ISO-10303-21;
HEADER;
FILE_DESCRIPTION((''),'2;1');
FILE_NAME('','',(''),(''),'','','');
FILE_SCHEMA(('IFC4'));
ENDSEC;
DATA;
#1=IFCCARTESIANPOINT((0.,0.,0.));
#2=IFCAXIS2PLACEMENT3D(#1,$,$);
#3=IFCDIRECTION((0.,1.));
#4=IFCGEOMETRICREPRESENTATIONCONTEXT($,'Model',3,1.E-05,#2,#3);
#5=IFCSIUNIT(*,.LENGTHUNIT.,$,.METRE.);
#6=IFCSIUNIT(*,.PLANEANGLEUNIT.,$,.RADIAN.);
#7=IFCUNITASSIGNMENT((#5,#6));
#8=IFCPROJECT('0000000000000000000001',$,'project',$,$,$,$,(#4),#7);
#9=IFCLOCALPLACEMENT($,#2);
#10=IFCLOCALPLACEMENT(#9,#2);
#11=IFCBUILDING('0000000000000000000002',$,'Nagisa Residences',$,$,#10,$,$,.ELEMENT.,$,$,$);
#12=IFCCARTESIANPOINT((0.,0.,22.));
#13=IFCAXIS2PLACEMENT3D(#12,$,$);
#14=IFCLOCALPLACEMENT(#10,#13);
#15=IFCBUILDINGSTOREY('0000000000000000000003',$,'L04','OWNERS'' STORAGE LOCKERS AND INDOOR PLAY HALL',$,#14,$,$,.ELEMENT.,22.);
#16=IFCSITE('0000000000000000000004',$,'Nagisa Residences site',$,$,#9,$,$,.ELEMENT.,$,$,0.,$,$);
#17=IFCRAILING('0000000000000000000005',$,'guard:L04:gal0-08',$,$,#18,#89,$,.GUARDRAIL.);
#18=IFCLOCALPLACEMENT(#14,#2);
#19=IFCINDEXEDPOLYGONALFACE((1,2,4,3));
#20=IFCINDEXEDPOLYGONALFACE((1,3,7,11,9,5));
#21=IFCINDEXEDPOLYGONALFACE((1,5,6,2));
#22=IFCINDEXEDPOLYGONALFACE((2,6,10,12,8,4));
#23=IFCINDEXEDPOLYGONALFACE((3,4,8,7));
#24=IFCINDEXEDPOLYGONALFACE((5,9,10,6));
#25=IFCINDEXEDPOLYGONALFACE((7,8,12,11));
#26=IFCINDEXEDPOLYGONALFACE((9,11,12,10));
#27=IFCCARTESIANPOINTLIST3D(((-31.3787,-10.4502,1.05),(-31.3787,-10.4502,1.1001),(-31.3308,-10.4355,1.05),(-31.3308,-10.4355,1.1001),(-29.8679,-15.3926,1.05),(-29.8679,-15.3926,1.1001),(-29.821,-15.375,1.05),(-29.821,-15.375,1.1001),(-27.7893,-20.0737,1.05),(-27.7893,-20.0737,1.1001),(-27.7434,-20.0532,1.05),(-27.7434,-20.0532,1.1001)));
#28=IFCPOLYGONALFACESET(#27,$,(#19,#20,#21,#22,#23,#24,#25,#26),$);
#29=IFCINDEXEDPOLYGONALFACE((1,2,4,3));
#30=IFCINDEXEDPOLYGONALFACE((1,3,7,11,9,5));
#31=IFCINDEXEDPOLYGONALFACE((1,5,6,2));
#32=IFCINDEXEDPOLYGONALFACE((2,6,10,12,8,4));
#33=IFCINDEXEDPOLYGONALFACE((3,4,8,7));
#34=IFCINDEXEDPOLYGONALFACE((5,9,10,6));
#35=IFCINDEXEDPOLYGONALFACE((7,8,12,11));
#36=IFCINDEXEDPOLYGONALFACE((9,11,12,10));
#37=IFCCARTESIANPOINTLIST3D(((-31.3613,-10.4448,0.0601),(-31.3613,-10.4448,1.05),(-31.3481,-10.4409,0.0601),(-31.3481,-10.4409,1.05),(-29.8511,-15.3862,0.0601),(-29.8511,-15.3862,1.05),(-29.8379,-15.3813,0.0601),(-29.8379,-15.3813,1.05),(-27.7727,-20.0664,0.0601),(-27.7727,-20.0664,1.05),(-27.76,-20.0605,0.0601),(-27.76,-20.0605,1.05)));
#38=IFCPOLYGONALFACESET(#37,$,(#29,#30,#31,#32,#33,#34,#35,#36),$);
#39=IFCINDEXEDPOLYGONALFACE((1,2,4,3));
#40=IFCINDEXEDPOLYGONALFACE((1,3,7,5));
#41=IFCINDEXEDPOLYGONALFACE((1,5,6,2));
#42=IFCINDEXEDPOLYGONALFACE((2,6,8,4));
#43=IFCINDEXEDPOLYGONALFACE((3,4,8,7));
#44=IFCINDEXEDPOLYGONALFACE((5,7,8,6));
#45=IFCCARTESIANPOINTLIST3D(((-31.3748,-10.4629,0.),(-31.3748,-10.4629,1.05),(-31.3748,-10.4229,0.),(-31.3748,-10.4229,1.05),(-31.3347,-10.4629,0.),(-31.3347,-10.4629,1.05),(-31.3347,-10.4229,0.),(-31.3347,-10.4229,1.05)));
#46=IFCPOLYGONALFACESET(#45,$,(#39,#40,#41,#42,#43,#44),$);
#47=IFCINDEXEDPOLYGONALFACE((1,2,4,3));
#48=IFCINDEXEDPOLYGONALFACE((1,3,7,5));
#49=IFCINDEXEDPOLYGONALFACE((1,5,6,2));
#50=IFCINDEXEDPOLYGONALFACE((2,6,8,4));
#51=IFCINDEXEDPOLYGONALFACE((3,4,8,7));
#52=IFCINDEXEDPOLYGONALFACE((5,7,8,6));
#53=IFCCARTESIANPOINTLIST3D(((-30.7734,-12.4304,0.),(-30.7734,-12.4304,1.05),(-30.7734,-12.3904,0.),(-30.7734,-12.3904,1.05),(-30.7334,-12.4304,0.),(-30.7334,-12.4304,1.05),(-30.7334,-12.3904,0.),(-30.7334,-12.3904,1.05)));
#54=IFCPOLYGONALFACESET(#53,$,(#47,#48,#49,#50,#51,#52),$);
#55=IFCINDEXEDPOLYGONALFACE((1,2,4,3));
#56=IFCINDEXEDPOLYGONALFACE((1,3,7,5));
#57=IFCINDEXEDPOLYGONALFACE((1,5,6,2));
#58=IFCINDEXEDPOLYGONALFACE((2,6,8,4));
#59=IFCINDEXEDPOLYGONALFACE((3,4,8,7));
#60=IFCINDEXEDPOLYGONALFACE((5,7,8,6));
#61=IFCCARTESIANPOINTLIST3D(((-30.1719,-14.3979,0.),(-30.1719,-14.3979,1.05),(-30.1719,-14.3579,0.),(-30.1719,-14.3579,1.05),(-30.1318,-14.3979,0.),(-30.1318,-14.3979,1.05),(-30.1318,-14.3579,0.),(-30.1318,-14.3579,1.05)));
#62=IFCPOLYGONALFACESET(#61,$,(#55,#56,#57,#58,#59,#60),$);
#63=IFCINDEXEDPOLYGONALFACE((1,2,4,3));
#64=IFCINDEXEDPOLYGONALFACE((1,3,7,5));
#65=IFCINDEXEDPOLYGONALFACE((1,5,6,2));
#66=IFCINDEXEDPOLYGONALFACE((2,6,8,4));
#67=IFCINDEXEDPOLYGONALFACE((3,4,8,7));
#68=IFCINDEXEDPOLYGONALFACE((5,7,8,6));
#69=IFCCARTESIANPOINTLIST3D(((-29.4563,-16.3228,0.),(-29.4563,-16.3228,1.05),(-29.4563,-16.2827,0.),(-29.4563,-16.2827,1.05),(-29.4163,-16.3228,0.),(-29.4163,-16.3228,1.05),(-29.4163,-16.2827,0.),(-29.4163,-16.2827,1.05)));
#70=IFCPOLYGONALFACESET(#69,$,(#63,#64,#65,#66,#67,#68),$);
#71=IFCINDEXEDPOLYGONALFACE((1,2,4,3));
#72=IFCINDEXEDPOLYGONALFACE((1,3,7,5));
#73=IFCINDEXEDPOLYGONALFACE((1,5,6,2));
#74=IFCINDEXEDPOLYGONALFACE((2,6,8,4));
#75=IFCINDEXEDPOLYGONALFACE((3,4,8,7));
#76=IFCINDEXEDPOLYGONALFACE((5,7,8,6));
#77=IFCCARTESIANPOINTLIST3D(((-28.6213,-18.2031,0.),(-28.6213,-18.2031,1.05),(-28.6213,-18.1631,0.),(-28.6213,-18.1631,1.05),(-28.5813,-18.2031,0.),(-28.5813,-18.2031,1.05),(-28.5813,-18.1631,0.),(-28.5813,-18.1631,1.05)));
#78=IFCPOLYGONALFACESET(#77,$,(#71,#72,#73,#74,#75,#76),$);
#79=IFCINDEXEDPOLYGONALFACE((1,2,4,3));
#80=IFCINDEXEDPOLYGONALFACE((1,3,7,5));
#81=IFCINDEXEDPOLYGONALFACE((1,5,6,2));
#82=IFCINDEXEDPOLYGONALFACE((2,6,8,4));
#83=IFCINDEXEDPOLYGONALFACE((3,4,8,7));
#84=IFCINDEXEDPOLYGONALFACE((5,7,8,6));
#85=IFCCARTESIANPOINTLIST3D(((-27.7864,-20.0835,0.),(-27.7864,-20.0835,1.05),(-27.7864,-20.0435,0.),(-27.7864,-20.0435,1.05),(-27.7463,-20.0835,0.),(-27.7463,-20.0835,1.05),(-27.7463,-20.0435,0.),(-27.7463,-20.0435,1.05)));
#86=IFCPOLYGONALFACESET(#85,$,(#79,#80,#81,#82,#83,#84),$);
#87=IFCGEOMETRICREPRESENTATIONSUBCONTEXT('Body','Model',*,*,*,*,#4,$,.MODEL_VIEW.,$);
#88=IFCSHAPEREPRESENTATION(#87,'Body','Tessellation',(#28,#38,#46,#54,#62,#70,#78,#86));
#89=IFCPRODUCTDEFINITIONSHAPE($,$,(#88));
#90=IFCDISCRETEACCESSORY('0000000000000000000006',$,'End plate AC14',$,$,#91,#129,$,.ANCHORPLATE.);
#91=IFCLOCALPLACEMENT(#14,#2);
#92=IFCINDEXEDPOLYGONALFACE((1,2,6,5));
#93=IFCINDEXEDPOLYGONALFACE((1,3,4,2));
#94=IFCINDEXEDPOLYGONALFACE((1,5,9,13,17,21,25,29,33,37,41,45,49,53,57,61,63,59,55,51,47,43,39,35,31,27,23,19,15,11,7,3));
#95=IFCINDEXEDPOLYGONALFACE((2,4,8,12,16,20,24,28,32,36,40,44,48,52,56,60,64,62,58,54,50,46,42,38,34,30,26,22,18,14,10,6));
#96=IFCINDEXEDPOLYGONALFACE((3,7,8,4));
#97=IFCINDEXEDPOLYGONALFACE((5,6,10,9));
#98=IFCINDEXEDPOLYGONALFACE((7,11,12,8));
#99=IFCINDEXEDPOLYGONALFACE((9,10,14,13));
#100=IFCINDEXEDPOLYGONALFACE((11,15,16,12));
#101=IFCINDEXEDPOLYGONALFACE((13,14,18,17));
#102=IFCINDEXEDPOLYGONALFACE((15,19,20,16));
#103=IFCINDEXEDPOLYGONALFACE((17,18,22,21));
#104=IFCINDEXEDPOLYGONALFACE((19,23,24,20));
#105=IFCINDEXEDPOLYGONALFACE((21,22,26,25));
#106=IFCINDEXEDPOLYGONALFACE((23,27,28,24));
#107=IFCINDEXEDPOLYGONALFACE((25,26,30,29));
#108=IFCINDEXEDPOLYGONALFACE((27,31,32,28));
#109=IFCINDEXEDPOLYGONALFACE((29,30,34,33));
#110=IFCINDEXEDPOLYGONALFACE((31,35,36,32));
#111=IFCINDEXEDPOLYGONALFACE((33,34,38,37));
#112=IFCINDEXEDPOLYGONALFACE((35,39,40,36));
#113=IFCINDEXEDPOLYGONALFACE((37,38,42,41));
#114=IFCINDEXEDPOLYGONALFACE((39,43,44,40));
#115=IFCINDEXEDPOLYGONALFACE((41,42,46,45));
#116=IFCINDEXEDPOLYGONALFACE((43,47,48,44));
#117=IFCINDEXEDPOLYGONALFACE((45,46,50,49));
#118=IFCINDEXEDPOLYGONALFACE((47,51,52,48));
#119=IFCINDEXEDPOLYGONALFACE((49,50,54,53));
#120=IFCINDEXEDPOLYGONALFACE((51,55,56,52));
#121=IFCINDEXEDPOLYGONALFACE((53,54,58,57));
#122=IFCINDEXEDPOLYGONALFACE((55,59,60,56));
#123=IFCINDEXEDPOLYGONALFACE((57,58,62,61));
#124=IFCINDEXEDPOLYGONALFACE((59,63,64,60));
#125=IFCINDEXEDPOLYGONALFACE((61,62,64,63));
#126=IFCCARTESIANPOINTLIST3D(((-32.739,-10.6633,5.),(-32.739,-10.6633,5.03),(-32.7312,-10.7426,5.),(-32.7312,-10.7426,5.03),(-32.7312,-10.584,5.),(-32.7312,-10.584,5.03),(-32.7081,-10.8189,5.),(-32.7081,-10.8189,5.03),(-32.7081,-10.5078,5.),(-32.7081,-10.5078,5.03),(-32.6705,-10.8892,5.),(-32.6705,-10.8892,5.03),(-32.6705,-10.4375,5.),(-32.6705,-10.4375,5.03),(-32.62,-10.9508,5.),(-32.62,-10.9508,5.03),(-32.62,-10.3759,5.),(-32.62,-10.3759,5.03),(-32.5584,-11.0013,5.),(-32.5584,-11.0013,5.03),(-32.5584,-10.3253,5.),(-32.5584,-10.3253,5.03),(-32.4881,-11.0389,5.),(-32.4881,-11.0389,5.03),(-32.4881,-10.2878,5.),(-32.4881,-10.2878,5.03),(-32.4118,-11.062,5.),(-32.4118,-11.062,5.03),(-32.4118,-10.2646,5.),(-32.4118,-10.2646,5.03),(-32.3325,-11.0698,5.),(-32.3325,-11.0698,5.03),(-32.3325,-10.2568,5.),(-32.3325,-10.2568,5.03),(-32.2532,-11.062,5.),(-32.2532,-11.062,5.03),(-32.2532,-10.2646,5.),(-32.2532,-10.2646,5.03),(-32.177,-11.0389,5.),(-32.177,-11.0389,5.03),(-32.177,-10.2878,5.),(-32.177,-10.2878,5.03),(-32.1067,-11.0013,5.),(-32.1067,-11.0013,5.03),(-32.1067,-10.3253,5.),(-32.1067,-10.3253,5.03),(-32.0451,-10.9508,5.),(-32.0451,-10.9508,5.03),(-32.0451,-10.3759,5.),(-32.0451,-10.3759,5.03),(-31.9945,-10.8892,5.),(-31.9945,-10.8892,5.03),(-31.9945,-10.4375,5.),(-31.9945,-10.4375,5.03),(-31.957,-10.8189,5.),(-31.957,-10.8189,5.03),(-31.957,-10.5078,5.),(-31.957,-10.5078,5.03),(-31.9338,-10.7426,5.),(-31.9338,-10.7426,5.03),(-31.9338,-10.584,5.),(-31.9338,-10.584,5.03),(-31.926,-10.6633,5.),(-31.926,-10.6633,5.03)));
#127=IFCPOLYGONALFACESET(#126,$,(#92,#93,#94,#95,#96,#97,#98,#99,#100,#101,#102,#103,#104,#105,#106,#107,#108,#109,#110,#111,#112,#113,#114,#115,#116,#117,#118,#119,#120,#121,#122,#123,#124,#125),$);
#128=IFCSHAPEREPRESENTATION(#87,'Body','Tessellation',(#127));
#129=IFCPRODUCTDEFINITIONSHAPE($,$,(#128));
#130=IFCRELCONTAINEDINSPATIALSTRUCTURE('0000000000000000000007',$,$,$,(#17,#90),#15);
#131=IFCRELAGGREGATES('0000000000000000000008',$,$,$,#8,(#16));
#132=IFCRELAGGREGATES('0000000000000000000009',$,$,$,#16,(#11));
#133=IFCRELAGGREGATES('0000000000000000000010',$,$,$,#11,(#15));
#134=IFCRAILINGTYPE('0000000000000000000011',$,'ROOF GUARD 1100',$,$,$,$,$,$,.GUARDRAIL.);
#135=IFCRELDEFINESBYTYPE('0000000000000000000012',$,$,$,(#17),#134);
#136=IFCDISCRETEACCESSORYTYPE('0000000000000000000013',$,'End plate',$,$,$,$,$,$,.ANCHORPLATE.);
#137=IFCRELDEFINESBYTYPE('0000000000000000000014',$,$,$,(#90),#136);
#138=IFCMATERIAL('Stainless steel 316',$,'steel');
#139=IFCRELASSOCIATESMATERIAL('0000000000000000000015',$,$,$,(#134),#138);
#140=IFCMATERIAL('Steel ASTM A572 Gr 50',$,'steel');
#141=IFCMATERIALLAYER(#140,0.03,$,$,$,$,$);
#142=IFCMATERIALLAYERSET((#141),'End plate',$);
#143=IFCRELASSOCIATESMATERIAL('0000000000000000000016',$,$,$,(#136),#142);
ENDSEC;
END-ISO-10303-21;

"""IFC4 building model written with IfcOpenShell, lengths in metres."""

from ifc_helpers import new_model, si_unit, direction, frame, origin, origin_2d, place, context, subcontext, project, spatial, polyline, rectangle, circle, outline, extrude, material, layer, layer_set, type_object, element, save


model = new_model("IFC4")

# Units and contexts
model_context = context("Model", 3, precision=1e-05, world=origin(), true_north=direction((0.0, 1.0)))
body_context = subcontext(model_context, "Body", "Model", "MODEL_VIEW")
ifc_project = project(units=[si_unit("LENGTHUNIT", "METRE"), si_unit("PLANEANGLEUNIT", "RADIAN")], contexts=[model_context])

# Site, building, storey
site_placement = place(None, origin())
site = spatial("IfcSite", under=ifc_project, at=site_placement, Name="Nagisa Residences site", CompositionType="ELEMENT", RefElevation=0.0)
building_placement = place(site_placement, origin())
building = spatial("IfcBuilding", under=site, at=building_placement, Name="Nagisa Residences", CompositionType="ELEMENT")
storey_placement = place(building_placement, frame((0.0, 0.0, 22.0)))
storey = spatial("IfcBuildingStorey", under=building, at=storey_placement, Name="L04", Description="OWNERS' STORAGE LOCKERS AND INDOOR PLAY HALL", CompositionType="ELEMENT", Elevation=22.0)

# Railing
ifc_material_1 = material(Name="Stainless steel 316", Category="steel")
railing_type = type_object("IfcRailingType", Name="ROOF GUARD 1100", PredefinedType="GUARDRAIL", material=ifc_material_1)
railing_1_placement = place(storey_placement, frame((-31.3547, -10.4429, 0.0)))
element("IfcRailing", 1, at=railing_1_placement, inside=storey, type_object=railing_type, Name="guard:L04:gal0-08", PredefinedType="GUARDRAIL", context=body_context, shape_type="SweptSolid", body=[
    extrude(outline(polyline([(1.5337, -4.9321), (0.0239, 0.0073), (-0.0239, -0.0073), (1.4868, -4.9497), (3.5654, -9.6309), (3.6113, -9.6104), (1.5337, -4.9321)])), frame((0.0, 0.0, 1.05)), (0.0, 0.0, 1.0), 0.05),
    extrude(outline(polyline([(1.5168, -4.9385), (0.0066, 0.002), (-0.0066, -0.002), (1.5037, -4.9434), (3.582, -9.6235), (3.5947, -9.6177), (1.5168, -4.9385)])), frame((0.0, 0.0, 0.0601)), (0.0, 0.0, 1.0), 0.99),
    extrude(rectangle(XDim=0.04, YDim=0.04, at=origin_2d()), origin(), (0.0, 0.0, 1.0), 1.05),
    extrude(rectangle(XDim=0.04, YDim=0.04, at=origin_2d()), frame((0.6013, -1.9675, 0.0)), (0.0, 0.0, 1.0), 1.05),
    extrude(rectangle(XDim=0.04, YDim=0.04, at=origin_2d()), frame((1.2029, -3.9351, 0.0)), (0.0, 0.0, 1.0), 1.05),
    extrude(rectangle(XDim=0.04, YDim=0.04, at=origin_2d()), frame((1.9185, -5.8599, 0.0)), (0.0, 0.0, 1.0), 1.05),
    extrude(rectangle(XDim=0.04, YDim=0.04, at=origin_2d()), frame((2.7534, -7.7402, 0.0)), (0.0, 0.0, 1.0), 1.05),
    extrude(rectangle(XDim=0.04, YDim=0.04, at=origin_2d()), frame((3.5884, -9.6206, 0.0)), (0.0, 0.0, 1.0), 1.05),
])

# Discrete accessory
ifc_material_2 = material(Name="Steel ASTM A572 Gr 50", Category="steel")
ifc_layer_1 = layer(ifc_material_2, 0.03)
ifc_layer_set_1 = layer_set([ifc_layer_1], Name="End plate")
discrete_accessory_type = type_object("IfcDiscreteAccessoryType", Name="End plate", PredefinedType="ANCHORPLATE", material=ifc_layer_set_1)
discrete_accessory_placement = place(storey_placement, frame((-32.3325, -10.6633, 5.0), z_axis=(0.0, 0.0, 1.0), x_axis=(1.0, 0.0, 0.0)))
element("IfcDiscreteAccessory", 2, at=discrete_accessory_placement, inside=storey, type_object=discrete_accessory_type, Name="End plate AC14", PredefinedType="ANCHORPLATE", context=body_context, shape_type="SweptSolid", body=[
    extrude(circle(Radius=0.4065, at=origin_2d()), origin(), (0.0, 0.0, 1.0), 0.03),
])

save(model, "model.ifc")
